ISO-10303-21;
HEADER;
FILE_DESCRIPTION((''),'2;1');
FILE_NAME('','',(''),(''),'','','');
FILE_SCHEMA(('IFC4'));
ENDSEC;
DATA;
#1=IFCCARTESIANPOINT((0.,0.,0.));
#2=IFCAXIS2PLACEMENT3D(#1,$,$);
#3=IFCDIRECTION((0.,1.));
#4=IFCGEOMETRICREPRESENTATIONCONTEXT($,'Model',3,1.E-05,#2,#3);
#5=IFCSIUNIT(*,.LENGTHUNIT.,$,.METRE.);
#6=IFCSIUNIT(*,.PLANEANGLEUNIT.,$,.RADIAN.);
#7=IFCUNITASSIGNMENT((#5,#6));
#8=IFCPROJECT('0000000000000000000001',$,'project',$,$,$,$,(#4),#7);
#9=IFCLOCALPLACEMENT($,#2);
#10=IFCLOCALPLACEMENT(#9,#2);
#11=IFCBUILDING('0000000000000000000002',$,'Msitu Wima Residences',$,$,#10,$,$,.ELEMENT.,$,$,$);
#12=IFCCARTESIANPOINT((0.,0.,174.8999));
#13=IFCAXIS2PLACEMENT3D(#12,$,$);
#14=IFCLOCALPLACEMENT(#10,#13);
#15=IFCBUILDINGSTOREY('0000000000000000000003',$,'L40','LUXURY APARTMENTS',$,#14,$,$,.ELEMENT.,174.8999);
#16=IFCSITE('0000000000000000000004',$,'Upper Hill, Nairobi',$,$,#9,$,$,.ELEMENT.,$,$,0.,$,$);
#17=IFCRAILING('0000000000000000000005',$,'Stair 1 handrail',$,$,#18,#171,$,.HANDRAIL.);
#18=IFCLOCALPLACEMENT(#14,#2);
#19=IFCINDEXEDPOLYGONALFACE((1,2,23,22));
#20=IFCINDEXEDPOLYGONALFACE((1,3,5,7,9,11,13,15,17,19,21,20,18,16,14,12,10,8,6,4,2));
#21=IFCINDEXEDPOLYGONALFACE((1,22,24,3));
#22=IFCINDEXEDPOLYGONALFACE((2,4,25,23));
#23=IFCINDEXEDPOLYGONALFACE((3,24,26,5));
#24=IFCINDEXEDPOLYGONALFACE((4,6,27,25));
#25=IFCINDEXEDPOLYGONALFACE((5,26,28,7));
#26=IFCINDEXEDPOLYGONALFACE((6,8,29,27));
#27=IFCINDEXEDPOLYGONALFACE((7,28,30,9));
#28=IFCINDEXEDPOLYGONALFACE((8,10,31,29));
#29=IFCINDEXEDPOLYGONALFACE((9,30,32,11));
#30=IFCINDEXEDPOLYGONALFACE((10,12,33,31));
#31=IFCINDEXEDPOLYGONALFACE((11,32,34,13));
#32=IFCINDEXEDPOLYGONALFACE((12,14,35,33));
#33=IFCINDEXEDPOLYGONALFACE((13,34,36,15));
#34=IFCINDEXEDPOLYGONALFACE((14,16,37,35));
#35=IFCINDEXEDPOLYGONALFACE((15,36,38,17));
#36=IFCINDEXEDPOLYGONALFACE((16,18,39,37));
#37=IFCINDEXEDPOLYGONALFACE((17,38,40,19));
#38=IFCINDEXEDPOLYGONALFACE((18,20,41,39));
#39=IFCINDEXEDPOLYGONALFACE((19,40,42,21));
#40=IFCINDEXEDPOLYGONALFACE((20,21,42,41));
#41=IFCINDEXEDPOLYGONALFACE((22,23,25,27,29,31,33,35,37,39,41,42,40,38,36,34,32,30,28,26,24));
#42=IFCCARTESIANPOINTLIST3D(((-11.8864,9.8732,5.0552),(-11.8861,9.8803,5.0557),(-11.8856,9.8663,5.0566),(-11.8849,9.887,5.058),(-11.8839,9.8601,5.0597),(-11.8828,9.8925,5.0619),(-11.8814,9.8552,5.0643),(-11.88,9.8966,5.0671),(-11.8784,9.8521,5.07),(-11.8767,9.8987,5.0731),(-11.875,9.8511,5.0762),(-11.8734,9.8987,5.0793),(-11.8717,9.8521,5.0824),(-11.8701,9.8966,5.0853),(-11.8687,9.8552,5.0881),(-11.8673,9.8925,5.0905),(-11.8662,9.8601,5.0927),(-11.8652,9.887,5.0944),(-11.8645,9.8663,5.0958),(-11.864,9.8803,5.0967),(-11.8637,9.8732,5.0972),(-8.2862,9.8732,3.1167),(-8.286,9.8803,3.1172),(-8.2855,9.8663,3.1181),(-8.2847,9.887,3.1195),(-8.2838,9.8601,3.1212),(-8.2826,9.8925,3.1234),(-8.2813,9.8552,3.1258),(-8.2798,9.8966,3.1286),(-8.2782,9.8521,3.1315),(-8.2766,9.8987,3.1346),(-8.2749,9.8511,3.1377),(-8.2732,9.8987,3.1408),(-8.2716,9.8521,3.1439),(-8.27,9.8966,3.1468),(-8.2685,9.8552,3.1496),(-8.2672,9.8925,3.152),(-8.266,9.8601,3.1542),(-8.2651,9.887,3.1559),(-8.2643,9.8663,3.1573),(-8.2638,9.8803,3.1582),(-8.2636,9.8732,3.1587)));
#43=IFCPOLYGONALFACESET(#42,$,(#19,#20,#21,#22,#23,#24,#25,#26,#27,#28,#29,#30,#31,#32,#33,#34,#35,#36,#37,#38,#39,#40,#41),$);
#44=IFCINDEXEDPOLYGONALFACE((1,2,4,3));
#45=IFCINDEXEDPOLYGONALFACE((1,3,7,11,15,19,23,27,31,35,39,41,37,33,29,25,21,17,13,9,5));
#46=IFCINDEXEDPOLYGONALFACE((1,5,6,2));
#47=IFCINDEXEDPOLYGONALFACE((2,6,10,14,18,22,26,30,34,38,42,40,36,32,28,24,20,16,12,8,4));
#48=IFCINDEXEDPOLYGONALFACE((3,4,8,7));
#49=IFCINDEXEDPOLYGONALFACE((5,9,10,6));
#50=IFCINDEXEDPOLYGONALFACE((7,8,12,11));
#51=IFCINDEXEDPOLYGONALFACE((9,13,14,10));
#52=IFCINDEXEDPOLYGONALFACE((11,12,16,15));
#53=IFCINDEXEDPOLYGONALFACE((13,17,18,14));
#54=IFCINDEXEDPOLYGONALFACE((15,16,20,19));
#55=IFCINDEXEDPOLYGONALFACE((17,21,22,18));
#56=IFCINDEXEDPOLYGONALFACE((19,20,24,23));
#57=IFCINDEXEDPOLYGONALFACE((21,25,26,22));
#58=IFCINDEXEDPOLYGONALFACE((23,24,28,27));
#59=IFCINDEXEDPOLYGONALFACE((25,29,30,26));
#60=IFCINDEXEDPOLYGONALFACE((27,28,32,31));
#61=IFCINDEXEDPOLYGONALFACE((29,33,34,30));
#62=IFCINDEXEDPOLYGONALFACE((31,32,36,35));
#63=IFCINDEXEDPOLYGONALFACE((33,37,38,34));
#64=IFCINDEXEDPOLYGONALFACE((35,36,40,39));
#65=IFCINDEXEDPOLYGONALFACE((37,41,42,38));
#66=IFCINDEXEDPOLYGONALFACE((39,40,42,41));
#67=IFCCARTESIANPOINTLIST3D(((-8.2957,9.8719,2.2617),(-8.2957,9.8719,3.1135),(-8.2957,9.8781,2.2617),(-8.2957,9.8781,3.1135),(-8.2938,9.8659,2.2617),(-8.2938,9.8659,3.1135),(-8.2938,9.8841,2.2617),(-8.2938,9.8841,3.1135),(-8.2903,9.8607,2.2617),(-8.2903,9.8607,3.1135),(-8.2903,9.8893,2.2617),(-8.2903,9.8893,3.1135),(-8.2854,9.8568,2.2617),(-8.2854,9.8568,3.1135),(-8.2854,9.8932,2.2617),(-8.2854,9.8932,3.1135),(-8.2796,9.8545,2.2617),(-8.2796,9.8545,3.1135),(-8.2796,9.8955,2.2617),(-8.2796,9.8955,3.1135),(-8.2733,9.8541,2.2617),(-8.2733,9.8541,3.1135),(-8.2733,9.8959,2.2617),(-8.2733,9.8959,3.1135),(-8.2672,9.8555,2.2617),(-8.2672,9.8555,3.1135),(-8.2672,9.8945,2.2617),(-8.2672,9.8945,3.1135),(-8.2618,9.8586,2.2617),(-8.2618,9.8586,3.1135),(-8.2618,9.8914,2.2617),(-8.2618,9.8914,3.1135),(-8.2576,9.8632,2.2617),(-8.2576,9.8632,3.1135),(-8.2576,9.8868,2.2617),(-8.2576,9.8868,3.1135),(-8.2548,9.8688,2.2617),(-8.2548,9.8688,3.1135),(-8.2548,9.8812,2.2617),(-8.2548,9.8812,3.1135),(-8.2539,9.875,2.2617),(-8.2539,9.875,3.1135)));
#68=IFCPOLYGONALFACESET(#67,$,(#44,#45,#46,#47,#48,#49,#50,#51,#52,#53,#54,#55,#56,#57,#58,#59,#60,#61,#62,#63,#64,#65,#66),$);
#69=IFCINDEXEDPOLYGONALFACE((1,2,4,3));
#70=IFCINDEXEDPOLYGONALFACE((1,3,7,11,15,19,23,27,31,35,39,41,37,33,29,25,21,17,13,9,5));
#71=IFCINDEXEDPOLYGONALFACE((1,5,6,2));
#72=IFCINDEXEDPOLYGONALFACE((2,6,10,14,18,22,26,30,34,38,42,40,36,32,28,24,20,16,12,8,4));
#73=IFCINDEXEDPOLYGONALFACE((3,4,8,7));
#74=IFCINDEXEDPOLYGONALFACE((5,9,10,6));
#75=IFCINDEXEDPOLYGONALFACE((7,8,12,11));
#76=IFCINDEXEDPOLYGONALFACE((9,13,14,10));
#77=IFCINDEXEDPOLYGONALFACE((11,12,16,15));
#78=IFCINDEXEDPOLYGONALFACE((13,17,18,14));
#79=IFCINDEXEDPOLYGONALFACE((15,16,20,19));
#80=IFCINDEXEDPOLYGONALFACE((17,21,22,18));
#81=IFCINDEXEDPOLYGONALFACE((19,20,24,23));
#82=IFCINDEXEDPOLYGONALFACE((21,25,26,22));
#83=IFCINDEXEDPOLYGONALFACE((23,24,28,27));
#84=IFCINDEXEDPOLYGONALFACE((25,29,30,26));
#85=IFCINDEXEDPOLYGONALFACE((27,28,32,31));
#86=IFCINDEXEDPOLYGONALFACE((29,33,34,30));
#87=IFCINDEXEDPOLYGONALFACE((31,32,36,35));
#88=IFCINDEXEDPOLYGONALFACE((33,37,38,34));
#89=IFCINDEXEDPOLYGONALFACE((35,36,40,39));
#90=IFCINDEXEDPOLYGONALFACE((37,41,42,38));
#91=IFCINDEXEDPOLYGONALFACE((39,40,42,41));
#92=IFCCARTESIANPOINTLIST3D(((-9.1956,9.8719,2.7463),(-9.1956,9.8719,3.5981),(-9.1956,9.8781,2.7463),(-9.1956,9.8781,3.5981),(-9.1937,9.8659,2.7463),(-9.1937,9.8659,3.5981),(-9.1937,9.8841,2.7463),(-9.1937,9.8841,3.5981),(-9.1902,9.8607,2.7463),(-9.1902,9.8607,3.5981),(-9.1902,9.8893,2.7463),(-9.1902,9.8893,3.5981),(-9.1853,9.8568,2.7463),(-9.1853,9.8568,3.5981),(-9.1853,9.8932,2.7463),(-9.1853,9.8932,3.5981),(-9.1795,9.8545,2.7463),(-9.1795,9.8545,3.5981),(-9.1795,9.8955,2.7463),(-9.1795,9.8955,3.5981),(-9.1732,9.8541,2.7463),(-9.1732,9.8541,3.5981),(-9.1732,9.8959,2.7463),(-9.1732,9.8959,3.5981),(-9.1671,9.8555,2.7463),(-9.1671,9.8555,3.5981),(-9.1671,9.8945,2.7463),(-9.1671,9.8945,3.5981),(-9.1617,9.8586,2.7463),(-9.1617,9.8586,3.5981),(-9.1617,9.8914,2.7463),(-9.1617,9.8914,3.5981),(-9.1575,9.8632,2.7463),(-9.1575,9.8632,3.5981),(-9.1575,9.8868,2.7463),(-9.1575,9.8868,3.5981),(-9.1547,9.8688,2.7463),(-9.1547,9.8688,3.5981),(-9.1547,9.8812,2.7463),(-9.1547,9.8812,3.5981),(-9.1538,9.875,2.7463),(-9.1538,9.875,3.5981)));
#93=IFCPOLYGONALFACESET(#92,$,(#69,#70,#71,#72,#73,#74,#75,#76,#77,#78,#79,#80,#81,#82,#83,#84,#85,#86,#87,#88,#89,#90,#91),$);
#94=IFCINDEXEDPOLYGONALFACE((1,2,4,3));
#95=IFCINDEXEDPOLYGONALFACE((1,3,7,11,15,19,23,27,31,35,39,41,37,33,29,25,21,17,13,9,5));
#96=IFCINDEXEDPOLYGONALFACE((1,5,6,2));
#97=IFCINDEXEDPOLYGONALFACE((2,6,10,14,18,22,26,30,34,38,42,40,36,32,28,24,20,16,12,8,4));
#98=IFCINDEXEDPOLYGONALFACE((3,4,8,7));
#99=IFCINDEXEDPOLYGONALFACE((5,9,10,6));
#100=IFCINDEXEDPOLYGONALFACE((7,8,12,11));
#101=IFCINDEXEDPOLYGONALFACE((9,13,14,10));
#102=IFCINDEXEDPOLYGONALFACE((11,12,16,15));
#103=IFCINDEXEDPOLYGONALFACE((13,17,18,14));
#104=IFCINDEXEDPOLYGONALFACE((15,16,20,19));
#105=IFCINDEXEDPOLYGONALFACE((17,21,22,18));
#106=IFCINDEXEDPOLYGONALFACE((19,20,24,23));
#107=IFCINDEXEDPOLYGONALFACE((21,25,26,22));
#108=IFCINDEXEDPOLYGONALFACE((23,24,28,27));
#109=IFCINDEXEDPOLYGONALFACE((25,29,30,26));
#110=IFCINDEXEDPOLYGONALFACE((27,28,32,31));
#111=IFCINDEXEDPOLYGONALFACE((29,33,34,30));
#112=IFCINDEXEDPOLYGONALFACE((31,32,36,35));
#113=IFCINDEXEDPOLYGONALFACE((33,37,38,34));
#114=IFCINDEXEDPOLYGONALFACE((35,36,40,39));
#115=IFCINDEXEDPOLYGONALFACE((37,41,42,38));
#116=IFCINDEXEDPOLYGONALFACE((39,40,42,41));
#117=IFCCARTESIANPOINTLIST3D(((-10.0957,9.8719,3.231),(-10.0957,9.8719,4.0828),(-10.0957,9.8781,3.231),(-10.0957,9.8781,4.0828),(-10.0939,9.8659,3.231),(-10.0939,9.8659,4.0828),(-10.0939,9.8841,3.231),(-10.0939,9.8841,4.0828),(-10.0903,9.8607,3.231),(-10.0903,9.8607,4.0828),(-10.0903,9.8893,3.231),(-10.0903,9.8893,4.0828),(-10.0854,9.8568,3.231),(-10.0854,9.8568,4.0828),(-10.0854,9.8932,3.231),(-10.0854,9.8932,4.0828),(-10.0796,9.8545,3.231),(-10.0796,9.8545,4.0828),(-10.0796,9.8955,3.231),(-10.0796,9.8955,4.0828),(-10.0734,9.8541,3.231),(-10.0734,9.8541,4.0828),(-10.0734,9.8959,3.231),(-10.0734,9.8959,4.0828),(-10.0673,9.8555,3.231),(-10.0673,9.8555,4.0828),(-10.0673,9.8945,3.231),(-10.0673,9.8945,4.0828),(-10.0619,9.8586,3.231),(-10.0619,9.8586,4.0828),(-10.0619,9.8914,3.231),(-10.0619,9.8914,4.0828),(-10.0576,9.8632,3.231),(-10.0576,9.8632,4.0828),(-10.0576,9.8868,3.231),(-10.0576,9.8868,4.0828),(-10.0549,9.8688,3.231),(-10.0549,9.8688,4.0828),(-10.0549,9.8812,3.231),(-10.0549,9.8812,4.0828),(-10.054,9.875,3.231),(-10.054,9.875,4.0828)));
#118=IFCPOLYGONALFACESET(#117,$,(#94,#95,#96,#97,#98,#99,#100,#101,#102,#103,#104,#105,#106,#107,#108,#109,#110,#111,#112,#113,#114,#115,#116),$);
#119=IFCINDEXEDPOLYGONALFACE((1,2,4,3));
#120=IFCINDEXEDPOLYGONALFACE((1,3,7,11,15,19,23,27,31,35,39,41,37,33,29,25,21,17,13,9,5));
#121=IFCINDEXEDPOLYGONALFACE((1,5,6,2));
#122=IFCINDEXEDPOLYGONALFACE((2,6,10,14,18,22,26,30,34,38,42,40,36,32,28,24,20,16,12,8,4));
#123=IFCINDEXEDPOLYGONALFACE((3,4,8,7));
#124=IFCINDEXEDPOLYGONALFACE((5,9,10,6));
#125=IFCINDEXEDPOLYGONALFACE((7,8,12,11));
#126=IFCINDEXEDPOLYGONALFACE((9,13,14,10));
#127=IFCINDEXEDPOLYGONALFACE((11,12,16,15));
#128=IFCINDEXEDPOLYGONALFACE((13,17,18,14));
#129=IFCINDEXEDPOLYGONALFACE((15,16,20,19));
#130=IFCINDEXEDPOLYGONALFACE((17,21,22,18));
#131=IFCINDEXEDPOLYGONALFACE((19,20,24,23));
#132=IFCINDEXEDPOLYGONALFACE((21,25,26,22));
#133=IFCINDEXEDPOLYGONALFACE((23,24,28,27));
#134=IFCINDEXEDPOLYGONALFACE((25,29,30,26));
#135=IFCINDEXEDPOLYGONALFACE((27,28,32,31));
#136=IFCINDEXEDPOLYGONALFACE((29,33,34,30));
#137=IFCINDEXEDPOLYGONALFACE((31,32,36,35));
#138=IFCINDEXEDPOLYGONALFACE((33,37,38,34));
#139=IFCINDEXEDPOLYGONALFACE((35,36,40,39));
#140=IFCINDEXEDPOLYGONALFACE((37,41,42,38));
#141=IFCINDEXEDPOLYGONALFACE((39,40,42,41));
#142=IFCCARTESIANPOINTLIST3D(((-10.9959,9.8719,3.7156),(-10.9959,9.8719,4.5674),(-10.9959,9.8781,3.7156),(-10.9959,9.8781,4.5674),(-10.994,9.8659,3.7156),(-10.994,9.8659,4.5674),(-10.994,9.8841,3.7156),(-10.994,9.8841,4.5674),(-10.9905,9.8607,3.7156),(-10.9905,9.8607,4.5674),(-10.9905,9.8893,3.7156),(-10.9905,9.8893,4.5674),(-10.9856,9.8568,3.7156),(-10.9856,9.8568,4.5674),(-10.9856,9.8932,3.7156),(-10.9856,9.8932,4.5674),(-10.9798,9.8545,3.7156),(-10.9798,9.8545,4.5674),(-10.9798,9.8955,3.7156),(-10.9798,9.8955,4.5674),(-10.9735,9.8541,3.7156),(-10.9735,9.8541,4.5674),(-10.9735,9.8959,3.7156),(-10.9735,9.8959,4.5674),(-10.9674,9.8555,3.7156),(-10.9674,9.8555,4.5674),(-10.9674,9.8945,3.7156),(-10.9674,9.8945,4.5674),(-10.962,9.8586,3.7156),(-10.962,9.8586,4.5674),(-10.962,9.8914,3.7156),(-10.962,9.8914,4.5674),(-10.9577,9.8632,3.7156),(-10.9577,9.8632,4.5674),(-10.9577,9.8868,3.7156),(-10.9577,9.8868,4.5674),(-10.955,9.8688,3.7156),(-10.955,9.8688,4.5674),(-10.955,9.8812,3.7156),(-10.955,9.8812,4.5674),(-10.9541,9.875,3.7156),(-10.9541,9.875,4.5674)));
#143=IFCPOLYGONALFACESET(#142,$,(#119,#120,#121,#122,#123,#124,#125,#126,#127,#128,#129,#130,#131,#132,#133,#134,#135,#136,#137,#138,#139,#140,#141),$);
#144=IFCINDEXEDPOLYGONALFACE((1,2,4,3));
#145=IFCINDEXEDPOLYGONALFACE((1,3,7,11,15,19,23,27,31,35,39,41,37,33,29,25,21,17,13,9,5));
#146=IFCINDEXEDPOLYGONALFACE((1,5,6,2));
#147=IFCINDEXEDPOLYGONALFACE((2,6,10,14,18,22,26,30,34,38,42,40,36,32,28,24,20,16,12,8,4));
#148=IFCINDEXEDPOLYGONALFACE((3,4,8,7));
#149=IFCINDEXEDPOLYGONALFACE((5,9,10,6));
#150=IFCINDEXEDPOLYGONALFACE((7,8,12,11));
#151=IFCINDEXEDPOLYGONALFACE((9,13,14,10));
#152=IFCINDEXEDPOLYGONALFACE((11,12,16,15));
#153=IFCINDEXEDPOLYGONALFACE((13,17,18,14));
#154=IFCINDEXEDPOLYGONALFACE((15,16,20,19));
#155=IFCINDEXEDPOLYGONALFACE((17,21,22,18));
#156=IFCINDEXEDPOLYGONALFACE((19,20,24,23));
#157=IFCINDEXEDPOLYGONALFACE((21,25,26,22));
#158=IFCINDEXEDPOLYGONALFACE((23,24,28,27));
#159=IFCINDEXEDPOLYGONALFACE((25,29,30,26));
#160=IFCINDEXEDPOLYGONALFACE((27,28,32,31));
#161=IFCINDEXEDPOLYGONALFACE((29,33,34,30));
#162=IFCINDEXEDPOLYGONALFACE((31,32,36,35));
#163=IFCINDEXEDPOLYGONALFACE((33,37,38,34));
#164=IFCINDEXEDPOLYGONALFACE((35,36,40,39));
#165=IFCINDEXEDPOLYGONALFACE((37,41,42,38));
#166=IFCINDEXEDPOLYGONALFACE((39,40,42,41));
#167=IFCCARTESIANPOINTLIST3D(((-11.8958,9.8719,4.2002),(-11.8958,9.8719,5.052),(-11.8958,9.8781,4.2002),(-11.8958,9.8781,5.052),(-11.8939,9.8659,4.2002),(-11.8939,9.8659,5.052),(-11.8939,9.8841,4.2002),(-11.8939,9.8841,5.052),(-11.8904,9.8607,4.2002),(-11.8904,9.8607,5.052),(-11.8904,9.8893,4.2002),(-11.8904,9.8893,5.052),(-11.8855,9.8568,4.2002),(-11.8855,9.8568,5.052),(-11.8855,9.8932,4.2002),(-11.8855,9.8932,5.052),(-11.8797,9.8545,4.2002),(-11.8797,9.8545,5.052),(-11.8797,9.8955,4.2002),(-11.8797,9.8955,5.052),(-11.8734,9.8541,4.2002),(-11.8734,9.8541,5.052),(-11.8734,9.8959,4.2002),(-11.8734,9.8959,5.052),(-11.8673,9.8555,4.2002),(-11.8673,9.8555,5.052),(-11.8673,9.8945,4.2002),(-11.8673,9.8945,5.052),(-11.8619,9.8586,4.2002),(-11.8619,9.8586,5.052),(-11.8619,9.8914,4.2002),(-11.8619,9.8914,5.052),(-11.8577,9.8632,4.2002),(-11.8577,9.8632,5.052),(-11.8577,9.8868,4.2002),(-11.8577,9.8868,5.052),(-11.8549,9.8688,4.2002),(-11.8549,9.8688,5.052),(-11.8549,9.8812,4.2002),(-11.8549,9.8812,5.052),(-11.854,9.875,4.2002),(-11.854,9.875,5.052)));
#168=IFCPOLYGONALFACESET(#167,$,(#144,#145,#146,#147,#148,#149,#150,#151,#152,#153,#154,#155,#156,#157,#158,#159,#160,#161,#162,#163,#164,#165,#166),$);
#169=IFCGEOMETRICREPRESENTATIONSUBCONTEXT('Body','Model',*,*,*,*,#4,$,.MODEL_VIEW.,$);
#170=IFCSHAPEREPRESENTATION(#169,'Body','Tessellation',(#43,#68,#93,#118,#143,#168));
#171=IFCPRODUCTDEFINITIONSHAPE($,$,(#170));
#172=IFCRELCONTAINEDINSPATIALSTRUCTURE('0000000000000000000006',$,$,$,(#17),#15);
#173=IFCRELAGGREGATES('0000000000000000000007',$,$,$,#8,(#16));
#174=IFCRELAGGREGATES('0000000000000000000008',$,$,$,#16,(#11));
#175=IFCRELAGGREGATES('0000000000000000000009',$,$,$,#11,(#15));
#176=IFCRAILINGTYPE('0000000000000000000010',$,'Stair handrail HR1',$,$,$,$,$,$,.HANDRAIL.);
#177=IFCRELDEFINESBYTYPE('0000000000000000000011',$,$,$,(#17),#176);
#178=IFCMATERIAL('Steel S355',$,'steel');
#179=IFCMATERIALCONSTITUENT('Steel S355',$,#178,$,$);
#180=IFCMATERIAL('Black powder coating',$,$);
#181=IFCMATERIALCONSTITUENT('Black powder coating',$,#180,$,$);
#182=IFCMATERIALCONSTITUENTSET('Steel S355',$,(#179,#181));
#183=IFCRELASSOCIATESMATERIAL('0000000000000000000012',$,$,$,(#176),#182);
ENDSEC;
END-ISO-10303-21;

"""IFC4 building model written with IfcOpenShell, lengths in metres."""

from ifc_helpers import new_model, si_unit, direction, frame, origin, origin_2d, place, context, subcontext, project, spatial, circle, extrude, material, constituent, constituent_set, type_object, element, save


model = new_model("IFC4")

# Units and contexts
model_context = context("Model", 3, precision=1e-05, world=origin(), true_north=direction((0.0, 1.0)))
body_context = subcontext(model_context, "Body", "Model", "MODEL_VIEW")
ifc_project = project(units=[si_unit("LENGTHUNIT", "METRE"), si_unit("PLANEANGLEUNIT", "RADIAN")], contexts=[model_context])

# Site, building, storey
site_placement = place(None, origin())
site = spatial("IfcSite", under=ifc_project, at=site_placement, Name="Upper Hill, Nairobi", CompositionType="ELEMENT", RefElevation=0.0)
building_placement = place(site_placement, origin())
building = spatial("IfcBuilding", under=site, at=building_placement, Name="Msitu Wima Residences", CompositionType="ELEMENT")
storey_placement = place(building_placement, frame((0.0, 0.0, 174.8999)))
storey = spatial("IfcBuildingStorey", under=building, at=storey_placement, Name="L40", Description="LUXURY APARTMENTS", CompositionType="ELEMENT", Elevation=174.8999)

# Railing
ifc_material_1 = material(Name="Steel S355", Category="steel")
ifc_constituent_1 = constituent(ifc_material_1, Name="Steel S355")
ifc_material_2 = material(Name="Black powder coating")
ifc_constituent_2 = constituent(ifc_material_2, Name="Black powder coating")
ifc_constituent_set = constituent_set(constituents=[ifc_constituent_1, ifc_constituent_2], Name="Steel S355")
railing_type = type_object("IfcRailingType", Name="Stair handrail HR1", PredefinedType="HANDRAIL", material=ifc_constituent_set)
railing_placement = place(storey_placement, frame((-8.2749, 9.875, 2.2617)))
element("IfcRailing", 1, at=railing_placement, inside=storey, type_object=railing_type, Name="Stair 1 handrail", PredefinedType="HANDRAIL", context=body_context, shape_type="SweptSolid", body=[
    extrude(circle(Radius=0.0239, at=origin_2d()), frame((0.0, 0.0, 0.876), z_axis=(-0.880475, 0.0, 0.474093), x_axis=(0.0, -1.0, 0.0)), (0.0, 0.0, 1.0), 4.0889),
    extrude(circle(Radius=0.021, at=origin_2d()), origin(), (0.0, 0.0, 1.0), 0.8518),
    extrude(circle(Radius=0.021, at=origin_2d()), frame((-0.8999, 0.0, 0.4846)), (0.0, 0.0, 1.0), 0.8518),
    extrude(circle(Radius=0.021, at=origin_2d()), frame((-1.8, 0.0, 0.9692)), (0.0, 0.0, 1.0), 0.8518),
    extrude(circle(Radius=0.021, at=origin_2d()), frame((-2.7002, 0.0, 1.4539)), (0.0, 0.0, 1.0), 0.8518),
    extrude(circle(Radius=0.021, at=origin_2d()), frame((-3.6001, 0.0, 1.9385)), (0.0, 0.0, 1.0), 0.8518),
])

save(model, "model.ifc")
